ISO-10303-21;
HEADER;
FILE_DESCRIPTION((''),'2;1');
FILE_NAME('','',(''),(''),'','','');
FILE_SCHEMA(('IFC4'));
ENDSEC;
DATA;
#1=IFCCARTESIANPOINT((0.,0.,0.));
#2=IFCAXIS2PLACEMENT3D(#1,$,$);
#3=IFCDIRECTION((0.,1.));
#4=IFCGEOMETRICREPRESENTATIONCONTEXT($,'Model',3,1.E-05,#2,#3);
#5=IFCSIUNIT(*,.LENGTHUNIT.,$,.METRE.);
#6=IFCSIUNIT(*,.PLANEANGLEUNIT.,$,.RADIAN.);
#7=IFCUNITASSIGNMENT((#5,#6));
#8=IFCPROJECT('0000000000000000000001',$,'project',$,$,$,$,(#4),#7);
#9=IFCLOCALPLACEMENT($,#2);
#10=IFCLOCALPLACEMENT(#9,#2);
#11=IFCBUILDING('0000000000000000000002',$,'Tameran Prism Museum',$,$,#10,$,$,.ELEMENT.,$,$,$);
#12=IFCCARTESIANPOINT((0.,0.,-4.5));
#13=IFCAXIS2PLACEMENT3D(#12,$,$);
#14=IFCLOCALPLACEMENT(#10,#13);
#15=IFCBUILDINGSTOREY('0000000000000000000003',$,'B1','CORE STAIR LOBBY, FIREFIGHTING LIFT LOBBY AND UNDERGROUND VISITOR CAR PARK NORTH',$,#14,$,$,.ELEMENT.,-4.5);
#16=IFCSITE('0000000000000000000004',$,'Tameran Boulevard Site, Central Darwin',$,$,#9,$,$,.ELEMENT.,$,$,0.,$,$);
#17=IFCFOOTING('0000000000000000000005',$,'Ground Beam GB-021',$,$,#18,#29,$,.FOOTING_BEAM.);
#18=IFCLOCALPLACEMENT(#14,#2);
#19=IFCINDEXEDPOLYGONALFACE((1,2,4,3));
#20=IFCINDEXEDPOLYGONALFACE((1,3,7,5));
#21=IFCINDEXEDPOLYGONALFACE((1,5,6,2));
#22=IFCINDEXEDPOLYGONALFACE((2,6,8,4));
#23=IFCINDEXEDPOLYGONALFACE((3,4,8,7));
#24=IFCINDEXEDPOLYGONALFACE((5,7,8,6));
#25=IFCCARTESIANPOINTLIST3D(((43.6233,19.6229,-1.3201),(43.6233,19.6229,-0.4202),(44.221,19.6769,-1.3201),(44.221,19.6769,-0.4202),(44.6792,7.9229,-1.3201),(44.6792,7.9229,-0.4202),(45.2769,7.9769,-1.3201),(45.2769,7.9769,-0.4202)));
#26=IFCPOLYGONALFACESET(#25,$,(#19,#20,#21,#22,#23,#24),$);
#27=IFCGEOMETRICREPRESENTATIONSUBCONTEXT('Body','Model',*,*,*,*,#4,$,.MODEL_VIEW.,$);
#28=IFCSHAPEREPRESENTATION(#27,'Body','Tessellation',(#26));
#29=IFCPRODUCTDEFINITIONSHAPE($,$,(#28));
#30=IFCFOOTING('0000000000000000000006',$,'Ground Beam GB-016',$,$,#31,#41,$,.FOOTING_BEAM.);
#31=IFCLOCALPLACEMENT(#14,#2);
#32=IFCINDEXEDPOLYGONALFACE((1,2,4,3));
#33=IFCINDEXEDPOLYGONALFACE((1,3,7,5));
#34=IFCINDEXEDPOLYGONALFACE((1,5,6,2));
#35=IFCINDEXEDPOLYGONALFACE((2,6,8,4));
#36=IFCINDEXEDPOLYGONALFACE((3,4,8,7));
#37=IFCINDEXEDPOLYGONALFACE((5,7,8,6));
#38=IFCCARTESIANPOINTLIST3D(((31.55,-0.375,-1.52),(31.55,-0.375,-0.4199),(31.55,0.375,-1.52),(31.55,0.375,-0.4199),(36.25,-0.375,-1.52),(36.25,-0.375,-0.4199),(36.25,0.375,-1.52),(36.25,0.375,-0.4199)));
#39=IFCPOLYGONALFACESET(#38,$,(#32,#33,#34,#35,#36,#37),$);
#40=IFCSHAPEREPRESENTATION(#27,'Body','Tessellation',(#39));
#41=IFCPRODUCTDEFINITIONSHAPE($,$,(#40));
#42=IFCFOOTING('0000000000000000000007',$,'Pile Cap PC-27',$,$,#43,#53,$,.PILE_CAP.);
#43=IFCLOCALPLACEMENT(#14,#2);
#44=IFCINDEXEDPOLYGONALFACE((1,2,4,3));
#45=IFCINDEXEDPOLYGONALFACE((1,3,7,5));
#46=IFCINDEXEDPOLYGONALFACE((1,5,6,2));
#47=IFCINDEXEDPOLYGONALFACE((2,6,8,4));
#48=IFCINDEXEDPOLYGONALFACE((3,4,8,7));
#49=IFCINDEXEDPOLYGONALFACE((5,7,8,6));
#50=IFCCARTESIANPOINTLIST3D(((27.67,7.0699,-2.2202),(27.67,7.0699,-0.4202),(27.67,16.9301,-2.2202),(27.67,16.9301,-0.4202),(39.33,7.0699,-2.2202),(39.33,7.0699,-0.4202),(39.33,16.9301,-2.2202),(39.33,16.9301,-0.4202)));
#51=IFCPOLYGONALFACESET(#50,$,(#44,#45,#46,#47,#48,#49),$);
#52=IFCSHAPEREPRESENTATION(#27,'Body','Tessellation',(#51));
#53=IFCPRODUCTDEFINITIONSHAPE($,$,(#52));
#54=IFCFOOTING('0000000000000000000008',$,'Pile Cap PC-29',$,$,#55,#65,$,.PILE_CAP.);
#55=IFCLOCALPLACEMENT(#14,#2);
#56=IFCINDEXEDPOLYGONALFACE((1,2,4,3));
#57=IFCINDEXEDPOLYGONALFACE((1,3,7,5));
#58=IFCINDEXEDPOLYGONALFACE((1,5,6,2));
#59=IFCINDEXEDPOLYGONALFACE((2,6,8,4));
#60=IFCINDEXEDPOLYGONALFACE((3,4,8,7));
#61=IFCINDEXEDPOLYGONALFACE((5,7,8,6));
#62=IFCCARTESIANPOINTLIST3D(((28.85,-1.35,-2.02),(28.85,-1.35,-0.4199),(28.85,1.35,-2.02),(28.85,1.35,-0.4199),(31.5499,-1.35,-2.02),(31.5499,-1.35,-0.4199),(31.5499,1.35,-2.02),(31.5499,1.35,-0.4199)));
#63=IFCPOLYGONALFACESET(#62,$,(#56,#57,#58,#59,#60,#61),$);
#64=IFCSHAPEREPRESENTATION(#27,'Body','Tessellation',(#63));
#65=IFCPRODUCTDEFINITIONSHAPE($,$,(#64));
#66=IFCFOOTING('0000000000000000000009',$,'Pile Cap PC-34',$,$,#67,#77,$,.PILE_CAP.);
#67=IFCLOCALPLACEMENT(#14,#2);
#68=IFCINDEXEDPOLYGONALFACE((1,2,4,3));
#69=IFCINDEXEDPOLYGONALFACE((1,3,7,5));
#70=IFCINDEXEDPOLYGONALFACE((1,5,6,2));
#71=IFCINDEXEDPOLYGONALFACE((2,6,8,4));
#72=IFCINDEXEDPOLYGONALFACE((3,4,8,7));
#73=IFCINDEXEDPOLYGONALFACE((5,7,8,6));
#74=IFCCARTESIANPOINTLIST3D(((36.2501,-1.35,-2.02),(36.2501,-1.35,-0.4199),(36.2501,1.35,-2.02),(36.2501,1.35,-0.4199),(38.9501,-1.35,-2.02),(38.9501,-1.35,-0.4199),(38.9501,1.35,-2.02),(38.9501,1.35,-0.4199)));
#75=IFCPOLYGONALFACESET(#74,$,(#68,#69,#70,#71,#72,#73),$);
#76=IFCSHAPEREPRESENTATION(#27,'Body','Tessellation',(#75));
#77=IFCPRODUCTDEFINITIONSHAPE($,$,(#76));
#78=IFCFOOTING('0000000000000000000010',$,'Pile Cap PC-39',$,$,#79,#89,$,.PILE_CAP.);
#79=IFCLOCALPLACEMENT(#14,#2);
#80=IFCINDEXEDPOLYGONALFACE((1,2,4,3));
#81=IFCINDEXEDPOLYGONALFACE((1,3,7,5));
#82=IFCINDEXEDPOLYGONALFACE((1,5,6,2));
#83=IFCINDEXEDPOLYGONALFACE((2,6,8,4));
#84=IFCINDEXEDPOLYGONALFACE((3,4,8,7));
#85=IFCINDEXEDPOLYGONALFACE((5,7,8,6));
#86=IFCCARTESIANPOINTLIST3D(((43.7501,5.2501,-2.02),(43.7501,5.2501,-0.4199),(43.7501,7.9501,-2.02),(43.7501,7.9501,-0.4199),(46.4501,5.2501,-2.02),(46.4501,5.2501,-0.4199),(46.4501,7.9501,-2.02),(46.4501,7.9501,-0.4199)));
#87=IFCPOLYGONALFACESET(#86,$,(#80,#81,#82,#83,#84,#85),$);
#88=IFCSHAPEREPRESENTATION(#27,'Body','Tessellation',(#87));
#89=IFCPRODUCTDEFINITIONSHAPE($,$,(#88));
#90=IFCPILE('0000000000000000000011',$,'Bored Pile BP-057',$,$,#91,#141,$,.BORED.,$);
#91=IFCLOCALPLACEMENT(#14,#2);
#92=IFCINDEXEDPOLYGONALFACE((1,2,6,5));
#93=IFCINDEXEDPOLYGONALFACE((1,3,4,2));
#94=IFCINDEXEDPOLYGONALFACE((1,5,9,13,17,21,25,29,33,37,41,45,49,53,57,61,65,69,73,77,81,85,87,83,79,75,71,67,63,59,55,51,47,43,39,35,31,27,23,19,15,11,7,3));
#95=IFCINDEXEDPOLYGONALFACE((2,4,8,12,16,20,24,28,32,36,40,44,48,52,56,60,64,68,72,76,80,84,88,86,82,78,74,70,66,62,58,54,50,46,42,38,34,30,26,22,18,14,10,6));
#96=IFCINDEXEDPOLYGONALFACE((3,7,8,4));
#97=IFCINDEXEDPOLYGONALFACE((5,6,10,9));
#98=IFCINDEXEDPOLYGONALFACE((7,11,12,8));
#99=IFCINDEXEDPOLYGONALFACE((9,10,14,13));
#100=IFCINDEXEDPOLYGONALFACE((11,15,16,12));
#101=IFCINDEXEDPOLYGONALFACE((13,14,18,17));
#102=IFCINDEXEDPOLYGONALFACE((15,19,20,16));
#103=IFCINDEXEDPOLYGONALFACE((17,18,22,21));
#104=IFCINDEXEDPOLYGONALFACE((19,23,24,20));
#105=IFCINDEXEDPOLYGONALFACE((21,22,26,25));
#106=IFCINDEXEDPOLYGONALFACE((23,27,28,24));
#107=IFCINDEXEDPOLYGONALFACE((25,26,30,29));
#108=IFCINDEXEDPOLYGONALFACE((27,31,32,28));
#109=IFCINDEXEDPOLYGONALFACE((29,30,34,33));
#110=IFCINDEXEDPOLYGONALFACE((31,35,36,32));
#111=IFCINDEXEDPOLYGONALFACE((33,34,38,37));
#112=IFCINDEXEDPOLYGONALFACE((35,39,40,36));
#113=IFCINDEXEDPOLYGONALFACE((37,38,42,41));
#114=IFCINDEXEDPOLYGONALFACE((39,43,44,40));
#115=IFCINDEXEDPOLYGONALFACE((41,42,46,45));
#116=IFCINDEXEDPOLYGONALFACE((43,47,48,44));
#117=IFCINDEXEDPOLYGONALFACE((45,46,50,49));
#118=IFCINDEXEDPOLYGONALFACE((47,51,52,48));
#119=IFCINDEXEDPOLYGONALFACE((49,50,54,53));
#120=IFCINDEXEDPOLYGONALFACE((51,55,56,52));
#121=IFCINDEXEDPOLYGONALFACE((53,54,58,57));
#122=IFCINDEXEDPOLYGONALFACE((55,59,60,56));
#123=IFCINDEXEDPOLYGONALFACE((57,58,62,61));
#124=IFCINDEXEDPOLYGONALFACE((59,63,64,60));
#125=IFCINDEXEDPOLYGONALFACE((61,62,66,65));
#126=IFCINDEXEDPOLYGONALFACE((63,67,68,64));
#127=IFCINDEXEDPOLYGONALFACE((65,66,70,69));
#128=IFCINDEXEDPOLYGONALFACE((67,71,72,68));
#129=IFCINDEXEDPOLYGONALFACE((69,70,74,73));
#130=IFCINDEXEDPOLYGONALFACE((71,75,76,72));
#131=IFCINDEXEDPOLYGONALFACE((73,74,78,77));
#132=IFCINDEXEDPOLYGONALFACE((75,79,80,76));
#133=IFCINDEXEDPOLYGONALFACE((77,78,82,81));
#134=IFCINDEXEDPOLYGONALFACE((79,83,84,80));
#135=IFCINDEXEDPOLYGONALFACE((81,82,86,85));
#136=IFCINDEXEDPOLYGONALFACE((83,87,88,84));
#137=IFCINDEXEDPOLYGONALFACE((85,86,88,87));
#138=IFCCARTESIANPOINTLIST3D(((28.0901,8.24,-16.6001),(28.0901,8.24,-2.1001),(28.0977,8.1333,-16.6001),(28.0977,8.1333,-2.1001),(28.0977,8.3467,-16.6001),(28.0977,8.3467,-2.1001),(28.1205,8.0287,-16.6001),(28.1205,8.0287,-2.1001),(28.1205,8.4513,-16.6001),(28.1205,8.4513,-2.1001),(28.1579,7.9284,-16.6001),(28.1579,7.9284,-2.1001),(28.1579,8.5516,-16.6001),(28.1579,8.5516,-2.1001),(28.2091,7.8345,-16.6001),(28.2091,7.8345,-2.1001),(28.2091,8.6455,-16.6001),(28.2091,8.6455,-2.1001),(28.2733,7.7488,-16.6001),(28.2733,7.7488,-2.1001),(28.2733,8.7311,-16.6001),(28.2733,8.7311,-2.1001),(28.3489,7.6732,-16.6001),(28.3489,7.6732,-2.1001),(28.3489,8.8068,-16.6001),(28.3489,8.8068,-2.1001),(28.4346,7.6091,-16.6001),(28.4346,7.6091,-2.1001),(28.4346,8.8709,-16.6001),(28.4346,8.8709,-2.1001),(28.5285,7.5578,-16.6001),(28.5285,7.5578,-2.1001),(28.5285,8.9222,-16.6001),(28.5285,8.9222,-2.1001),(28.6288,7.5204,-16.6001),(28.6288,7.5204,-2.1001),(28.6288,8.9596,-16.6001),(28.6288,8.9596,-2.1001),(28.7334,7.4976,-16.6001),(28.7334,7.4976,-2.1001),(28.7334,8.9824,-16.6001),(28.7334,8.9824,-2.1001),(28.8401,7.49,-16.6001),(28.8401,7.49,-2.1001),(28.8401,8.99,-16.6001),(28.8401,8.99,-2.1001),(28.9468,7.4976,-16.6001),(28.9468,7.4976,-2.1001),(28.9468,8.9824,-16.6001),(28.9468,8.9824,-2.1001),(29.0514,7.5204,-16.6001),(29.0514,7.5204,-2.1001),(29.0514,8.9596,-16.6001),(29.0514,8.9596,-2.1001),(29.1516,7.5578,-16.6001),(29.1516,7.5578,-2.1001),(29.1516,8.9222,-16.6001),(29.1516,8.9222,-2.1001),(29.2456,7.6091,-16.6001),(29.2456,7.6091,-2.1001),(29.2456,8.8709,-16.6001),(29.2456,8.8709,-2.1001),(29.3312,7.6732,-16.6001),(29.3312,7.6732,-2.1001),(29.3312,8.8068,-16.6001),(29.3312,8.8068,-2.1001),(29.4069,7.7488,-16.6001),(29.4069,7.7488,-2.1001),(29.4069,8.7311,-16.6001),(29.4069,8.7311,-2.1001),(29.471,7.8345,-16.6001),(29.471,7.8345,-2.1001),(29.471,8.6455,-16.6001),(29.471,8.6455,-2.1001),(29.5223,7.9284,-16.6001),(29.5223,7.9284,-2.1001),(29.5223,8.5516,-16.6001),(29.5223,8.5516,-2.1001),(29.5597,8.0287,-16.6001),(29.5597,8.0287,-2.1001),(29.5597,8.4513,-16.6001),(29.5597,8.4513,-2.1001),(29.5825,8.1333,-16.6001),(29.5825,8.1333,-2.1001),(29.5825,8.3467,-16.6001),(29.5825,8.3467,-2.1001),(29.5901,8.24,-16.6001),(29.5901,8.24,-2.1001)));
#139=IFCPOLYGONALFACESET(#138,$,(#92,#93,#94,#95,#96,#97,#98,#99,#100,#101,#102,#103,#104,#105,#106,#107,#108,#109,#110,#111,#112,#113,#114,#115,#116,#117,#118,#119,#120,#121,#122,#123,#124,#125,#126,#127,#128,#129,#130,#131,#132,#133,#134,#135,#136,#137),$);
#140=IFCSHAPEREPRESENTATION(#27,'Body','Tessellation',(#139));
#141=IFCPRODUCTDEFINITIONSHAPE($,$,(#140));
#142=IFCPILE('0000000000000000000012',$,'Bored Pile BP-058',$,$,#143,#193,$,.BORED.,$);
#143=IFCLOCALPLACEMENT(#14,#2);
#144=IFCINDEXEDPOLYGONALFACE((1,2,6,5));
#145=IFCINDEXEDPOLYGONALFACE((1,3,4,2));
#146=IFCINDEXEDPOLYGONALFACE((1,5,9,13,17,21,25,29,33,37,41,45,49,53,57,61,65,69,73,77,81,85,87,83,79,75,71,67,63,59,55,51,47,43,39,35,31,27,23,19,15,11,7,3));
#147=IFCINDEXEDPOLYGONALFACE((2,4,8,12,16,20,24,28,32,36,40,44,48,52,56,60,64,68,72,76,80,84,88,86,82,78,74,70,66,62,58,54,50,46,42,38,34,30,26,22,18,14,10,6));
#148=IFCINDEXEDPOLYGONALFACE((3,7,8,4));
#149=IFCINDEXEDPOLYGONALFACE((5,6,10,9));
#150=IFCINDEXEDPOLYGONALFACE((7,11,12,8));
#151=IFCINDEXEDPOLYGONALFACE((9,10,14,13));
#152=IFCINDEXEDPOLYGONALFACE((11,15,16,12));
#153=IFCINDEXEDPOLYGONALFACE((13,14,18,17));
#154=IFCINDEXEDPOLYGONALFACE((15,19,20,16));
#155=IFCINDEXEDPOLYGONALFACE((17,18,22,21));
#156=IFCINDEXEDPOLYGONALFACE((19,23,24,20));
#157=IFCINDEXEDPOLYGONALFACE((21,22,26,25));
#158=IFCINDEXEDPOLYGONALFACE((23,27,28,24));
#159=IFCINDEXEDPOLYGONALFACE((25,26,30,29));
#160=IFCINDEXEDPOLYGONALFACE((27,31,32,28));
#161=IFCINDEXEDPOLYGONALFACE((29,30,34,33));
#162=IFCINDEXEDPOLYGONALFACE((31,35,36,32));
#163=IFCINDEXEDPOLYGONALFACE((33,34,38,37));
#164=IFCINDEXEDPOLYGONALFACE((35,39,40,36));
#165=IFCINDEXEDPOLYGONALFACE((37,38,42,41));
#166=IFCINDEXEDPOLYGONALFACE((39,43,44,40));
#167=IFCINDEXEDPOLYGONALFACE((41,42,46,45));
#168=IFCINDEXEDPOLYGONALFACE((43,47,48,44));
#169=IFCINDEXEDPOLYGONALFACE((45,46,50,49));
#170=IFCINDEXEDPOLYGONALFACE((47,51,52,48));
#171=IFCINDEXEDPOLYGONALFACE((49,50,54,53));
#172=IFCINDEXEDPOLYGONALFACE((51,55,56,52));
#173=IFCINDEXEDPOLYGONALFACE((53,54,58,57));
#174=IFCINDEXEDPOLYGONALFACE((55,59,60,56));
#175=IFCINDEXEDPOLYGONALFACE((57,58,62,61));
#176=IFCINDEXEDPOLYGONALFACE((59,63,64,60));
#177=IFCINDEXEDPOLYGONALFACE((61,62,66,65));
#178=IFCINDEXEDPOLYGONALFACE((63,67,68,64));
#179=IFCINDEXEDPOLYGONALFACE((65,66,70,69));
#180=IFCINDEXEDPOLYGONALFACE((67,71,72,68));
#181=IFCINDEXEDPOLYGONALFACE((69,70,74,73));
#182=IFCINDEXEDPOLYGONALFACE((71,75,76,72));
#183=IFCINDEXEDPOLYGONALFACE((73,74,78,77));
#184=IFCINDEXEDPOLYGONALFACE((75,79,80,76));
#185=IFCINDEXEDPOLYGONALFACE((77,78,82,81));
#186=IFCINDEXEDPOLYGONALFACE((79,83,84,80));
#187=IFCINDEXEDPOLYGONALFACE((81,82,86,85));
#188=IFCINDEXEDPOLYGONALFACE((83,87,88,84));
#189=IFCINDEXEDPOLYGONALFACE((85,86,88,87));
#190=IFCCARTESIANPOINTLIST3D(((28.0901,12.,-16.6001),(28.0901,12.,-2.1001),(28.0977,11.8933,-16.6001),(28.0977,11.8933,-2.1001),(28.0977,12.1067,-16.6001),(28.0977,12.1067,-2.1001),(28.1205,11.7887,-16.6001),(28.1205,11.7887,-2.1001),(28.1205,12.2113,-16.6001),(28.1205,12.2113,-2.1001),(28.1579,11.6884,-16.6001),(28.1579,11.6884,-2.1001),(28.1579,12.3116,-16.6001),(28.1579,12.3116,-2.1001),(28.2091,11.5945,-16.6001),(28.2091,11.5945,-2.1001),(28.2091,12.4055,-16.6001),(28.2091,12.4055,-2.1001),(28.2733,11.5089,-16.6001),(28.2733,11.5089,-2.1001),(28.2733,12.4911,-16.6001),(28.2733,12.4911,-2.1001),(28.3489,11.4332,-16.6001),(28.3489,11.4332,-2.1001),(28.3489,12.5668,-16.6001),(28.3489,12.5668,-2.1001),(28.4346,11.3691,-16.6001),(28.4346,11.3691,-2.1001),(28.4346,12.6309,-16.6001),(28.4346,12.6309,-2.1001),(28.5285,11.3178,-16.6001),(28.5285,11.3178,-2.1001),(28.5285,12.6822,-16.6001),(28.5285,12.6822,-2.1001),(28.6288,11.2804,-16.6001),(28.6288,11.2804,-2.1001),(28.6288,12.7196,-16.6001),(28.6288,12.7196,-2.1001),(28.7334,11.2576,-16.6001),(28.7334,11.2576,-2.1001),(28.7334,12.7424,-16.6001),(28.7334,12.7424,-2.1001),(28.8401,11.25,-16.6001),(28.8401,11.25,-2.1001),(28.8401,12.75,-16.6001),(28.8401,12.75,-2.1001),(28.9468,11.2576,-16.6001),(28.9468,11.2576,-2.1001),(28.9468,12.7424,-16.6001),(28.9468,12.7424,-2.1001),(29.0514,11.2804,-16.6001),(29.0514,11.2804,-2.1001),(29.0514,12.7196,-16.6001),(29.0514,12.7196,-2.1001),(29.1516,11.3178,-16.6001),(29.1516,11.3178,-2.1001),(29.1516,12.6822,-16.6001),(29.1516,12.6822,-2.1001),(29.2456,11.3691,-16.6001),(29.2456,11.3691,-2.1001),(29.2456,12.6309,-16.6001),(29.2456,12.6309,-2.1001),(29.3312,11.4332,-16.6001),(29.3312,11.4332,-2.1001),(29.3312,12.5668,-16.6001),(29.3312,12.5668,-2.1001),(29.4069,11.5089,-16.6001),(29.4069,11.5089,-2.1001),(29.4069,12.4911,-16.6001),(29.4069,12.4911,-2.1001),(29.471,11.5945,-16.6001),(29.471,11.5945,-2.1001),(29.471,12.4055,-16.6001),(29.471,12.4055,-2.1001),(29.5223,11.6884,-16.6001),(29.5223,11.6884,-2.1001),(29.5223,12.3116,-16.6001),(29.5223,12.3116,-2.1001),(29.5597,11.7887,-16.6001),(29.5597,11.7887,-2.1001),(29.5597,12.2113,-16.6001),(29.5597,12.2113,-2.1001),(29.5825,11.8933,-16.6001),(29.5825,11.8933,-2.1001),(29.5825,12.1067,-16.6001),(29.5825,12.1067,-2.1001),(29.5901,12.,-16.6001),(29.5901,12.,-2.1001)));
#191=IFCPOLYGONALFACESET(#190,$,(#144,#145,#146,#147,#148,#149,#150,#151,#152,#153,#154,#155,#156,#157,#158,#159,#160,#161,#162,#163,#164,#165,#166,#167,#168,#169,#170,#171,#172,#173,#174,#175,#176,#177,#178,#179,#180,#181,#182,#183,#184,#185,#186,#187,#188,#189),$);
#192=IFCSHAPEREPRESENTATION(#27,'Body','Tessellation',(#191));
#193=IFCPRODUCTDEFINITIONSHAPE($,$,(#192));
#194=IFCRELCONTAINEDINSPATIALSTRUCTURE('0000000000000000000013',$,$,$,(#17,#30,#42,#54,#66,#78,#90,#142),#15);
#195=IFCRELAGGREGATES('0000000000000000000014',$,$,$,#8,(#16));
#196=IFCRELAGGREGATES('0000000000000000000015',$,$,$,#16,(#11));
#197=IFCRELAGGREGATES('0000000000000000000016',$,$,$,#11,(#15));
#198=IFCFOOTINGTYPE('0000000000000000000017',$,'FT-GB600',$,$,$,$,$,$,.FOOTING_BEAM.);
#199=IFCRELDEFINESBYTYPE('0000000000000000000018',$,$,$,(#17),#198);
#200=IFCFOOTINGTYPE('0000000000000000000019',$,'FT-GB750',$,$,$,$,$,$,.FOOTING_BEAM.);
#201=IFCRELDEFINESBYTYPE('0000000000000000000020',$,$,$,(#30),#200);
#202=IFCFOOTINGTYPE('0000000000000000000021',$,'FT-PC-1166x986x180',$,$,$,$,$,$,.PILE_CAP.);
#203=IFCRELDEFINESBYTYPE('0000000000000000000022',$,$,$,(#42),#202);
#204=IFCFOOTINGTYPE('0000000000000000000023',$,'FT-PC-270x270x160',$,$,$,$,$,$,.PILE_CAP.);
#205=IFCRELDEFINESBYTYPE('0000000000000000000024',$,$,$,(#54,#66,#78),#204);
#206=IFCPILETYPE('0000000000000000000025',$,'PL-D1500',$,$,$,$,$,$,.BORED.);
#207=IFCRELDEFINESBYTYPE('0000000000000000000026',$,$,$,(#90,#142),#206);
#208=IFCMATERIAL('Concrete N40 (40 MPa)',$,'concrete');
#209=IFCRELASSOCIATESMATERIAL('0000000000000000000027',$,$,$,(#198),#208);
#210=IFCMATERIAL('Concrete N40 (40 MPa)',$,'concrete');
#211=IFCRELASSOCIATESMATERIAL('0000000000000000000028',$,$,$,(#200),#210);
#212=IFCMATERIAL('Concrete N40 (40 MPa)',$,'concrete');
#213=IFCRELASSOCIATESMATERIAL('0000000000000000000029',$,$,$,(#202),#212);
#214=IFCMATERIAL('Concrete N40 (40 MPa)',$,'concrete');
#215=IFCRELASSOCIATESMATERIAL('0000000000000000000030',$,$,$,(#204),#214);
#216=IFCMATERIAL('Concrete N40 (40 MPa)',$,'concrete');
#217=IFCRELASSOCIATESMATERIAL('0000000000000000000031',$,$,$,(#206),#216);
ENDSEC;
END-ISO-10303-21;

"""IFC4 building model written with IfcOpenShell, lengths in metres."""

from ifc_helpers import new_model, si_unit, direction, frame, origin, origin_2d, place, context, subcontext, project, spatial, rectangle, circle, extrude, material, material_profile, profile_set, type_object, element, save


model = new_model("IFC4")

# Units and contexts
model_context = context("Model", 3, precision=1e-05, world=origin(), true_north=direction((0.0, 1.0)))
body_context = subcontext(model_context, "Body", "Model", "MODEL_VIEW")
ifc_project = project(units=[si_unit("LENGTHUNIT", "METRE"), si_unit("PLANEANGLEUNIT", "RADIAN")], contexts=[model_context])

# Site, building, storey
site_placement = place(None, origin())
site = spatial("IfcSite", under=ifc_project, at=site_placement, Name="Tameran Boulevard Site, Central Darwin", CompositionType="ELEMENT", RefElevation=0.0)
building_placement = place(site_placement, origin())
building = spatial("IfcBuilding", under=site, at=building_placement, Name="Tameran Prism Museum", CompositionType="ELEMENT")
storey_placement = place(building_placement, frame((0.0, 0.0, -4.5)))
storey = spatial("IfcBuildingStorey", under=building, at=storey_placement, Name="B1", Description="CORE STAIR LOBBY, FIREFIGHTING LIFT LOBBY AND UNDERGROUND VISITOR CAR PARK NORTH", CompositionType="ELEMENT", Elevation=-4.5)

# Footings
ifc_material_1 = material(Name="Concrete N40 (40 MPa)", Category="concrete")
ifc_material_profile_1 = material_profile(ifc_material_1, rectangle(XDim=0.6001, YDim=0.8999, at=origin_2d()))
ifc_profile_set_1 = profile_set([ifc_material_profile_1])
footing_type_1 = type_object("IfcFootingType", Name="FT-GB600", PredefinedType="FOOTING_BEAM", material=ifc_profile_set_1)
footing_1_placement = place(storey_placement, frame((43.9221, 19.6499, -0.8701), z_axis=(0.089884, -0.995952, 0.0), x_axis=(0.995952, 0.089884, 0.0)))
element("IfcFooting", 1, at=footing_1_placement, inside=storey, type_object=footing_type_1, Name="Ground Beam GB-021", PredefinedType="FOOTING_BEAM", context=body_context, shape_type="SweptSolid", body=[
    extrude(rectangle(XDim=0.6001, YDim=0.8999, at=origin_2d()), origin(), (0.0, 0.0, 1.0), 11.7476),
])
ifc_material_2 = material(Name="Concrete N40 (40 MPa)", Category="concrete")
ifc_material_profile_2 = material_profile(ifc_material_2, rectangle(XDim=0.75, YDim=1.1001, at=origin_2d()))
ifc_profile_set_2 = profile_set([ifc_material_profile_2])
footing_type_2 = type_object("IfcFootingType", Name="FT-GB750", PredefinedType="FOOTING_BEAM", material=ifc_profile_set_2)
footing_2_placement = place(storey_placement, frame((31.55, 0.0, -0.97), z_axis=(1.0, 0.0, 0.0), x_axis=(0.0, 1.0, 0.0)))
element("IfcFooting", 2, at=footing_2_placement, inside=storey, type_object=footing_type_2, Name="Ground Beam GB-016", PredefinedType="FOOTING_BEAM", context=body_context, shape_type="SweptSolid", body=[
    extrude(rectangle(XDim=0.75, YDim=1.1001, at=origin_2d()), origin(), (0.0, 0.0, 1.0), 4.7),
])
ifc_material_3 = material(Name="Concrete N40 (40 MPa)", Category="concrete")
footing_type_3 = type_object("IfcFootingType", Name="FT-PC-1166x986x180", PredefinedType="PILE_CAP", material=ifc_material_3)
footing_3_placement = place(storey_placement, frame((33.5, 12.0, -2.2202), z_axis=(0.0, 0.0, 1.0), x_axis=(1.0, 0.0, 0.0)))
element("IfcFooting", 3, at=footing_3_placement, inside=storey, type_object=footing_type_3, Name="Pile Cap PC-27", PredefinedType="PILE_CAP", context=body_context, shape_type="SweptSolid", body=[
    extrude(rectangle(XDim=11.6599, YDim=9.8601, at=origin_2d()), origin(), (0.0, 0.0, 1.0), 1.8),
])
ifc_material_4 = material(Name="Concrete N40 (40 MPa)", Category="concrete")
footing_type_4 = type_object("IfcFootingType", Name="FT-PC-270x270x160", PredefinedType="PILE_CAP", material=ifc_material_4)
for number, where, z_axis, x_axis, name in (
    (4, (30.2, 0.0, -2.02), (0.0, 0.0, 1.0), (1.0, 0.0, 0.0), "Pile Cap PC-29"),
    (5, (37.6001, 0.0, -2.02), (0.0, 0.0, 1.0), (1.0, 0.0, 0.0), "Pile Cap PC-34"),
    (6, (45.1001, 6.6001, -2.02), (0.0, 0.0, 1.0), (1.0, 0.0, 0.0), "Pile Cap PC-39"),
):
    element("IfcFooting", number, at=place(storey_placement, frame(where, z_axis=z_axis, x_axis=x_axis)), inside=storey, type_object=footing_type_4, Name=name, PredefinedType="PILE_CAP", context=body_context, shape_type="SweptSolid", body=[
        extrude(rectangle(XDim=2.7, YDim=2.7, at=origin_2d()), origin(), (0.0, 0.0, 1.0), 1.6001),
    ])

# Piles
ifc_material_5 = material(Name="Concrete N40 (40 MPa)", Category="concrete")
ifc_material_profile_3 = material_profile(ifc_material_5, circle(Radius=0.75, at=origin_2d()))
ifc_profile_set_3 = profile_set([ifc_material_profile_3])
pile_type_1 = type_object("IfcPileType", Name="PL-D1500", PredefinedType="BORED", material=ifc_profile_set_3)
for number, where, z_axis, x_axis, name in (
    (7, (28.8401, 8.24, -2.1001), (0.0, 0.0, -1.0), (1.0, 0.0, 0.0), "Bored Pile BP-057"),
    (8, (28.8401, 12.0, -2.1001), (0.0, 0.0, -1.0), (1.0, 0.0, 0.0), "Bored Pile BP-058"),
):
    element("IfcPile", number, at=place(storey_placement, frame(where, z_axis=z_axis, x_axis=x_axis)), inside=storey, type_object=pile_type_1, Name=name, PredefinedType="BORED", context=body_context, shape_type="SweptSolid", body=[
        extrude(circle(Radius=0.75, at=origin_2d()), origin(), (0.0, 0.0, 1.0), 14.5),
    ])

save(model, "model.ifc")
